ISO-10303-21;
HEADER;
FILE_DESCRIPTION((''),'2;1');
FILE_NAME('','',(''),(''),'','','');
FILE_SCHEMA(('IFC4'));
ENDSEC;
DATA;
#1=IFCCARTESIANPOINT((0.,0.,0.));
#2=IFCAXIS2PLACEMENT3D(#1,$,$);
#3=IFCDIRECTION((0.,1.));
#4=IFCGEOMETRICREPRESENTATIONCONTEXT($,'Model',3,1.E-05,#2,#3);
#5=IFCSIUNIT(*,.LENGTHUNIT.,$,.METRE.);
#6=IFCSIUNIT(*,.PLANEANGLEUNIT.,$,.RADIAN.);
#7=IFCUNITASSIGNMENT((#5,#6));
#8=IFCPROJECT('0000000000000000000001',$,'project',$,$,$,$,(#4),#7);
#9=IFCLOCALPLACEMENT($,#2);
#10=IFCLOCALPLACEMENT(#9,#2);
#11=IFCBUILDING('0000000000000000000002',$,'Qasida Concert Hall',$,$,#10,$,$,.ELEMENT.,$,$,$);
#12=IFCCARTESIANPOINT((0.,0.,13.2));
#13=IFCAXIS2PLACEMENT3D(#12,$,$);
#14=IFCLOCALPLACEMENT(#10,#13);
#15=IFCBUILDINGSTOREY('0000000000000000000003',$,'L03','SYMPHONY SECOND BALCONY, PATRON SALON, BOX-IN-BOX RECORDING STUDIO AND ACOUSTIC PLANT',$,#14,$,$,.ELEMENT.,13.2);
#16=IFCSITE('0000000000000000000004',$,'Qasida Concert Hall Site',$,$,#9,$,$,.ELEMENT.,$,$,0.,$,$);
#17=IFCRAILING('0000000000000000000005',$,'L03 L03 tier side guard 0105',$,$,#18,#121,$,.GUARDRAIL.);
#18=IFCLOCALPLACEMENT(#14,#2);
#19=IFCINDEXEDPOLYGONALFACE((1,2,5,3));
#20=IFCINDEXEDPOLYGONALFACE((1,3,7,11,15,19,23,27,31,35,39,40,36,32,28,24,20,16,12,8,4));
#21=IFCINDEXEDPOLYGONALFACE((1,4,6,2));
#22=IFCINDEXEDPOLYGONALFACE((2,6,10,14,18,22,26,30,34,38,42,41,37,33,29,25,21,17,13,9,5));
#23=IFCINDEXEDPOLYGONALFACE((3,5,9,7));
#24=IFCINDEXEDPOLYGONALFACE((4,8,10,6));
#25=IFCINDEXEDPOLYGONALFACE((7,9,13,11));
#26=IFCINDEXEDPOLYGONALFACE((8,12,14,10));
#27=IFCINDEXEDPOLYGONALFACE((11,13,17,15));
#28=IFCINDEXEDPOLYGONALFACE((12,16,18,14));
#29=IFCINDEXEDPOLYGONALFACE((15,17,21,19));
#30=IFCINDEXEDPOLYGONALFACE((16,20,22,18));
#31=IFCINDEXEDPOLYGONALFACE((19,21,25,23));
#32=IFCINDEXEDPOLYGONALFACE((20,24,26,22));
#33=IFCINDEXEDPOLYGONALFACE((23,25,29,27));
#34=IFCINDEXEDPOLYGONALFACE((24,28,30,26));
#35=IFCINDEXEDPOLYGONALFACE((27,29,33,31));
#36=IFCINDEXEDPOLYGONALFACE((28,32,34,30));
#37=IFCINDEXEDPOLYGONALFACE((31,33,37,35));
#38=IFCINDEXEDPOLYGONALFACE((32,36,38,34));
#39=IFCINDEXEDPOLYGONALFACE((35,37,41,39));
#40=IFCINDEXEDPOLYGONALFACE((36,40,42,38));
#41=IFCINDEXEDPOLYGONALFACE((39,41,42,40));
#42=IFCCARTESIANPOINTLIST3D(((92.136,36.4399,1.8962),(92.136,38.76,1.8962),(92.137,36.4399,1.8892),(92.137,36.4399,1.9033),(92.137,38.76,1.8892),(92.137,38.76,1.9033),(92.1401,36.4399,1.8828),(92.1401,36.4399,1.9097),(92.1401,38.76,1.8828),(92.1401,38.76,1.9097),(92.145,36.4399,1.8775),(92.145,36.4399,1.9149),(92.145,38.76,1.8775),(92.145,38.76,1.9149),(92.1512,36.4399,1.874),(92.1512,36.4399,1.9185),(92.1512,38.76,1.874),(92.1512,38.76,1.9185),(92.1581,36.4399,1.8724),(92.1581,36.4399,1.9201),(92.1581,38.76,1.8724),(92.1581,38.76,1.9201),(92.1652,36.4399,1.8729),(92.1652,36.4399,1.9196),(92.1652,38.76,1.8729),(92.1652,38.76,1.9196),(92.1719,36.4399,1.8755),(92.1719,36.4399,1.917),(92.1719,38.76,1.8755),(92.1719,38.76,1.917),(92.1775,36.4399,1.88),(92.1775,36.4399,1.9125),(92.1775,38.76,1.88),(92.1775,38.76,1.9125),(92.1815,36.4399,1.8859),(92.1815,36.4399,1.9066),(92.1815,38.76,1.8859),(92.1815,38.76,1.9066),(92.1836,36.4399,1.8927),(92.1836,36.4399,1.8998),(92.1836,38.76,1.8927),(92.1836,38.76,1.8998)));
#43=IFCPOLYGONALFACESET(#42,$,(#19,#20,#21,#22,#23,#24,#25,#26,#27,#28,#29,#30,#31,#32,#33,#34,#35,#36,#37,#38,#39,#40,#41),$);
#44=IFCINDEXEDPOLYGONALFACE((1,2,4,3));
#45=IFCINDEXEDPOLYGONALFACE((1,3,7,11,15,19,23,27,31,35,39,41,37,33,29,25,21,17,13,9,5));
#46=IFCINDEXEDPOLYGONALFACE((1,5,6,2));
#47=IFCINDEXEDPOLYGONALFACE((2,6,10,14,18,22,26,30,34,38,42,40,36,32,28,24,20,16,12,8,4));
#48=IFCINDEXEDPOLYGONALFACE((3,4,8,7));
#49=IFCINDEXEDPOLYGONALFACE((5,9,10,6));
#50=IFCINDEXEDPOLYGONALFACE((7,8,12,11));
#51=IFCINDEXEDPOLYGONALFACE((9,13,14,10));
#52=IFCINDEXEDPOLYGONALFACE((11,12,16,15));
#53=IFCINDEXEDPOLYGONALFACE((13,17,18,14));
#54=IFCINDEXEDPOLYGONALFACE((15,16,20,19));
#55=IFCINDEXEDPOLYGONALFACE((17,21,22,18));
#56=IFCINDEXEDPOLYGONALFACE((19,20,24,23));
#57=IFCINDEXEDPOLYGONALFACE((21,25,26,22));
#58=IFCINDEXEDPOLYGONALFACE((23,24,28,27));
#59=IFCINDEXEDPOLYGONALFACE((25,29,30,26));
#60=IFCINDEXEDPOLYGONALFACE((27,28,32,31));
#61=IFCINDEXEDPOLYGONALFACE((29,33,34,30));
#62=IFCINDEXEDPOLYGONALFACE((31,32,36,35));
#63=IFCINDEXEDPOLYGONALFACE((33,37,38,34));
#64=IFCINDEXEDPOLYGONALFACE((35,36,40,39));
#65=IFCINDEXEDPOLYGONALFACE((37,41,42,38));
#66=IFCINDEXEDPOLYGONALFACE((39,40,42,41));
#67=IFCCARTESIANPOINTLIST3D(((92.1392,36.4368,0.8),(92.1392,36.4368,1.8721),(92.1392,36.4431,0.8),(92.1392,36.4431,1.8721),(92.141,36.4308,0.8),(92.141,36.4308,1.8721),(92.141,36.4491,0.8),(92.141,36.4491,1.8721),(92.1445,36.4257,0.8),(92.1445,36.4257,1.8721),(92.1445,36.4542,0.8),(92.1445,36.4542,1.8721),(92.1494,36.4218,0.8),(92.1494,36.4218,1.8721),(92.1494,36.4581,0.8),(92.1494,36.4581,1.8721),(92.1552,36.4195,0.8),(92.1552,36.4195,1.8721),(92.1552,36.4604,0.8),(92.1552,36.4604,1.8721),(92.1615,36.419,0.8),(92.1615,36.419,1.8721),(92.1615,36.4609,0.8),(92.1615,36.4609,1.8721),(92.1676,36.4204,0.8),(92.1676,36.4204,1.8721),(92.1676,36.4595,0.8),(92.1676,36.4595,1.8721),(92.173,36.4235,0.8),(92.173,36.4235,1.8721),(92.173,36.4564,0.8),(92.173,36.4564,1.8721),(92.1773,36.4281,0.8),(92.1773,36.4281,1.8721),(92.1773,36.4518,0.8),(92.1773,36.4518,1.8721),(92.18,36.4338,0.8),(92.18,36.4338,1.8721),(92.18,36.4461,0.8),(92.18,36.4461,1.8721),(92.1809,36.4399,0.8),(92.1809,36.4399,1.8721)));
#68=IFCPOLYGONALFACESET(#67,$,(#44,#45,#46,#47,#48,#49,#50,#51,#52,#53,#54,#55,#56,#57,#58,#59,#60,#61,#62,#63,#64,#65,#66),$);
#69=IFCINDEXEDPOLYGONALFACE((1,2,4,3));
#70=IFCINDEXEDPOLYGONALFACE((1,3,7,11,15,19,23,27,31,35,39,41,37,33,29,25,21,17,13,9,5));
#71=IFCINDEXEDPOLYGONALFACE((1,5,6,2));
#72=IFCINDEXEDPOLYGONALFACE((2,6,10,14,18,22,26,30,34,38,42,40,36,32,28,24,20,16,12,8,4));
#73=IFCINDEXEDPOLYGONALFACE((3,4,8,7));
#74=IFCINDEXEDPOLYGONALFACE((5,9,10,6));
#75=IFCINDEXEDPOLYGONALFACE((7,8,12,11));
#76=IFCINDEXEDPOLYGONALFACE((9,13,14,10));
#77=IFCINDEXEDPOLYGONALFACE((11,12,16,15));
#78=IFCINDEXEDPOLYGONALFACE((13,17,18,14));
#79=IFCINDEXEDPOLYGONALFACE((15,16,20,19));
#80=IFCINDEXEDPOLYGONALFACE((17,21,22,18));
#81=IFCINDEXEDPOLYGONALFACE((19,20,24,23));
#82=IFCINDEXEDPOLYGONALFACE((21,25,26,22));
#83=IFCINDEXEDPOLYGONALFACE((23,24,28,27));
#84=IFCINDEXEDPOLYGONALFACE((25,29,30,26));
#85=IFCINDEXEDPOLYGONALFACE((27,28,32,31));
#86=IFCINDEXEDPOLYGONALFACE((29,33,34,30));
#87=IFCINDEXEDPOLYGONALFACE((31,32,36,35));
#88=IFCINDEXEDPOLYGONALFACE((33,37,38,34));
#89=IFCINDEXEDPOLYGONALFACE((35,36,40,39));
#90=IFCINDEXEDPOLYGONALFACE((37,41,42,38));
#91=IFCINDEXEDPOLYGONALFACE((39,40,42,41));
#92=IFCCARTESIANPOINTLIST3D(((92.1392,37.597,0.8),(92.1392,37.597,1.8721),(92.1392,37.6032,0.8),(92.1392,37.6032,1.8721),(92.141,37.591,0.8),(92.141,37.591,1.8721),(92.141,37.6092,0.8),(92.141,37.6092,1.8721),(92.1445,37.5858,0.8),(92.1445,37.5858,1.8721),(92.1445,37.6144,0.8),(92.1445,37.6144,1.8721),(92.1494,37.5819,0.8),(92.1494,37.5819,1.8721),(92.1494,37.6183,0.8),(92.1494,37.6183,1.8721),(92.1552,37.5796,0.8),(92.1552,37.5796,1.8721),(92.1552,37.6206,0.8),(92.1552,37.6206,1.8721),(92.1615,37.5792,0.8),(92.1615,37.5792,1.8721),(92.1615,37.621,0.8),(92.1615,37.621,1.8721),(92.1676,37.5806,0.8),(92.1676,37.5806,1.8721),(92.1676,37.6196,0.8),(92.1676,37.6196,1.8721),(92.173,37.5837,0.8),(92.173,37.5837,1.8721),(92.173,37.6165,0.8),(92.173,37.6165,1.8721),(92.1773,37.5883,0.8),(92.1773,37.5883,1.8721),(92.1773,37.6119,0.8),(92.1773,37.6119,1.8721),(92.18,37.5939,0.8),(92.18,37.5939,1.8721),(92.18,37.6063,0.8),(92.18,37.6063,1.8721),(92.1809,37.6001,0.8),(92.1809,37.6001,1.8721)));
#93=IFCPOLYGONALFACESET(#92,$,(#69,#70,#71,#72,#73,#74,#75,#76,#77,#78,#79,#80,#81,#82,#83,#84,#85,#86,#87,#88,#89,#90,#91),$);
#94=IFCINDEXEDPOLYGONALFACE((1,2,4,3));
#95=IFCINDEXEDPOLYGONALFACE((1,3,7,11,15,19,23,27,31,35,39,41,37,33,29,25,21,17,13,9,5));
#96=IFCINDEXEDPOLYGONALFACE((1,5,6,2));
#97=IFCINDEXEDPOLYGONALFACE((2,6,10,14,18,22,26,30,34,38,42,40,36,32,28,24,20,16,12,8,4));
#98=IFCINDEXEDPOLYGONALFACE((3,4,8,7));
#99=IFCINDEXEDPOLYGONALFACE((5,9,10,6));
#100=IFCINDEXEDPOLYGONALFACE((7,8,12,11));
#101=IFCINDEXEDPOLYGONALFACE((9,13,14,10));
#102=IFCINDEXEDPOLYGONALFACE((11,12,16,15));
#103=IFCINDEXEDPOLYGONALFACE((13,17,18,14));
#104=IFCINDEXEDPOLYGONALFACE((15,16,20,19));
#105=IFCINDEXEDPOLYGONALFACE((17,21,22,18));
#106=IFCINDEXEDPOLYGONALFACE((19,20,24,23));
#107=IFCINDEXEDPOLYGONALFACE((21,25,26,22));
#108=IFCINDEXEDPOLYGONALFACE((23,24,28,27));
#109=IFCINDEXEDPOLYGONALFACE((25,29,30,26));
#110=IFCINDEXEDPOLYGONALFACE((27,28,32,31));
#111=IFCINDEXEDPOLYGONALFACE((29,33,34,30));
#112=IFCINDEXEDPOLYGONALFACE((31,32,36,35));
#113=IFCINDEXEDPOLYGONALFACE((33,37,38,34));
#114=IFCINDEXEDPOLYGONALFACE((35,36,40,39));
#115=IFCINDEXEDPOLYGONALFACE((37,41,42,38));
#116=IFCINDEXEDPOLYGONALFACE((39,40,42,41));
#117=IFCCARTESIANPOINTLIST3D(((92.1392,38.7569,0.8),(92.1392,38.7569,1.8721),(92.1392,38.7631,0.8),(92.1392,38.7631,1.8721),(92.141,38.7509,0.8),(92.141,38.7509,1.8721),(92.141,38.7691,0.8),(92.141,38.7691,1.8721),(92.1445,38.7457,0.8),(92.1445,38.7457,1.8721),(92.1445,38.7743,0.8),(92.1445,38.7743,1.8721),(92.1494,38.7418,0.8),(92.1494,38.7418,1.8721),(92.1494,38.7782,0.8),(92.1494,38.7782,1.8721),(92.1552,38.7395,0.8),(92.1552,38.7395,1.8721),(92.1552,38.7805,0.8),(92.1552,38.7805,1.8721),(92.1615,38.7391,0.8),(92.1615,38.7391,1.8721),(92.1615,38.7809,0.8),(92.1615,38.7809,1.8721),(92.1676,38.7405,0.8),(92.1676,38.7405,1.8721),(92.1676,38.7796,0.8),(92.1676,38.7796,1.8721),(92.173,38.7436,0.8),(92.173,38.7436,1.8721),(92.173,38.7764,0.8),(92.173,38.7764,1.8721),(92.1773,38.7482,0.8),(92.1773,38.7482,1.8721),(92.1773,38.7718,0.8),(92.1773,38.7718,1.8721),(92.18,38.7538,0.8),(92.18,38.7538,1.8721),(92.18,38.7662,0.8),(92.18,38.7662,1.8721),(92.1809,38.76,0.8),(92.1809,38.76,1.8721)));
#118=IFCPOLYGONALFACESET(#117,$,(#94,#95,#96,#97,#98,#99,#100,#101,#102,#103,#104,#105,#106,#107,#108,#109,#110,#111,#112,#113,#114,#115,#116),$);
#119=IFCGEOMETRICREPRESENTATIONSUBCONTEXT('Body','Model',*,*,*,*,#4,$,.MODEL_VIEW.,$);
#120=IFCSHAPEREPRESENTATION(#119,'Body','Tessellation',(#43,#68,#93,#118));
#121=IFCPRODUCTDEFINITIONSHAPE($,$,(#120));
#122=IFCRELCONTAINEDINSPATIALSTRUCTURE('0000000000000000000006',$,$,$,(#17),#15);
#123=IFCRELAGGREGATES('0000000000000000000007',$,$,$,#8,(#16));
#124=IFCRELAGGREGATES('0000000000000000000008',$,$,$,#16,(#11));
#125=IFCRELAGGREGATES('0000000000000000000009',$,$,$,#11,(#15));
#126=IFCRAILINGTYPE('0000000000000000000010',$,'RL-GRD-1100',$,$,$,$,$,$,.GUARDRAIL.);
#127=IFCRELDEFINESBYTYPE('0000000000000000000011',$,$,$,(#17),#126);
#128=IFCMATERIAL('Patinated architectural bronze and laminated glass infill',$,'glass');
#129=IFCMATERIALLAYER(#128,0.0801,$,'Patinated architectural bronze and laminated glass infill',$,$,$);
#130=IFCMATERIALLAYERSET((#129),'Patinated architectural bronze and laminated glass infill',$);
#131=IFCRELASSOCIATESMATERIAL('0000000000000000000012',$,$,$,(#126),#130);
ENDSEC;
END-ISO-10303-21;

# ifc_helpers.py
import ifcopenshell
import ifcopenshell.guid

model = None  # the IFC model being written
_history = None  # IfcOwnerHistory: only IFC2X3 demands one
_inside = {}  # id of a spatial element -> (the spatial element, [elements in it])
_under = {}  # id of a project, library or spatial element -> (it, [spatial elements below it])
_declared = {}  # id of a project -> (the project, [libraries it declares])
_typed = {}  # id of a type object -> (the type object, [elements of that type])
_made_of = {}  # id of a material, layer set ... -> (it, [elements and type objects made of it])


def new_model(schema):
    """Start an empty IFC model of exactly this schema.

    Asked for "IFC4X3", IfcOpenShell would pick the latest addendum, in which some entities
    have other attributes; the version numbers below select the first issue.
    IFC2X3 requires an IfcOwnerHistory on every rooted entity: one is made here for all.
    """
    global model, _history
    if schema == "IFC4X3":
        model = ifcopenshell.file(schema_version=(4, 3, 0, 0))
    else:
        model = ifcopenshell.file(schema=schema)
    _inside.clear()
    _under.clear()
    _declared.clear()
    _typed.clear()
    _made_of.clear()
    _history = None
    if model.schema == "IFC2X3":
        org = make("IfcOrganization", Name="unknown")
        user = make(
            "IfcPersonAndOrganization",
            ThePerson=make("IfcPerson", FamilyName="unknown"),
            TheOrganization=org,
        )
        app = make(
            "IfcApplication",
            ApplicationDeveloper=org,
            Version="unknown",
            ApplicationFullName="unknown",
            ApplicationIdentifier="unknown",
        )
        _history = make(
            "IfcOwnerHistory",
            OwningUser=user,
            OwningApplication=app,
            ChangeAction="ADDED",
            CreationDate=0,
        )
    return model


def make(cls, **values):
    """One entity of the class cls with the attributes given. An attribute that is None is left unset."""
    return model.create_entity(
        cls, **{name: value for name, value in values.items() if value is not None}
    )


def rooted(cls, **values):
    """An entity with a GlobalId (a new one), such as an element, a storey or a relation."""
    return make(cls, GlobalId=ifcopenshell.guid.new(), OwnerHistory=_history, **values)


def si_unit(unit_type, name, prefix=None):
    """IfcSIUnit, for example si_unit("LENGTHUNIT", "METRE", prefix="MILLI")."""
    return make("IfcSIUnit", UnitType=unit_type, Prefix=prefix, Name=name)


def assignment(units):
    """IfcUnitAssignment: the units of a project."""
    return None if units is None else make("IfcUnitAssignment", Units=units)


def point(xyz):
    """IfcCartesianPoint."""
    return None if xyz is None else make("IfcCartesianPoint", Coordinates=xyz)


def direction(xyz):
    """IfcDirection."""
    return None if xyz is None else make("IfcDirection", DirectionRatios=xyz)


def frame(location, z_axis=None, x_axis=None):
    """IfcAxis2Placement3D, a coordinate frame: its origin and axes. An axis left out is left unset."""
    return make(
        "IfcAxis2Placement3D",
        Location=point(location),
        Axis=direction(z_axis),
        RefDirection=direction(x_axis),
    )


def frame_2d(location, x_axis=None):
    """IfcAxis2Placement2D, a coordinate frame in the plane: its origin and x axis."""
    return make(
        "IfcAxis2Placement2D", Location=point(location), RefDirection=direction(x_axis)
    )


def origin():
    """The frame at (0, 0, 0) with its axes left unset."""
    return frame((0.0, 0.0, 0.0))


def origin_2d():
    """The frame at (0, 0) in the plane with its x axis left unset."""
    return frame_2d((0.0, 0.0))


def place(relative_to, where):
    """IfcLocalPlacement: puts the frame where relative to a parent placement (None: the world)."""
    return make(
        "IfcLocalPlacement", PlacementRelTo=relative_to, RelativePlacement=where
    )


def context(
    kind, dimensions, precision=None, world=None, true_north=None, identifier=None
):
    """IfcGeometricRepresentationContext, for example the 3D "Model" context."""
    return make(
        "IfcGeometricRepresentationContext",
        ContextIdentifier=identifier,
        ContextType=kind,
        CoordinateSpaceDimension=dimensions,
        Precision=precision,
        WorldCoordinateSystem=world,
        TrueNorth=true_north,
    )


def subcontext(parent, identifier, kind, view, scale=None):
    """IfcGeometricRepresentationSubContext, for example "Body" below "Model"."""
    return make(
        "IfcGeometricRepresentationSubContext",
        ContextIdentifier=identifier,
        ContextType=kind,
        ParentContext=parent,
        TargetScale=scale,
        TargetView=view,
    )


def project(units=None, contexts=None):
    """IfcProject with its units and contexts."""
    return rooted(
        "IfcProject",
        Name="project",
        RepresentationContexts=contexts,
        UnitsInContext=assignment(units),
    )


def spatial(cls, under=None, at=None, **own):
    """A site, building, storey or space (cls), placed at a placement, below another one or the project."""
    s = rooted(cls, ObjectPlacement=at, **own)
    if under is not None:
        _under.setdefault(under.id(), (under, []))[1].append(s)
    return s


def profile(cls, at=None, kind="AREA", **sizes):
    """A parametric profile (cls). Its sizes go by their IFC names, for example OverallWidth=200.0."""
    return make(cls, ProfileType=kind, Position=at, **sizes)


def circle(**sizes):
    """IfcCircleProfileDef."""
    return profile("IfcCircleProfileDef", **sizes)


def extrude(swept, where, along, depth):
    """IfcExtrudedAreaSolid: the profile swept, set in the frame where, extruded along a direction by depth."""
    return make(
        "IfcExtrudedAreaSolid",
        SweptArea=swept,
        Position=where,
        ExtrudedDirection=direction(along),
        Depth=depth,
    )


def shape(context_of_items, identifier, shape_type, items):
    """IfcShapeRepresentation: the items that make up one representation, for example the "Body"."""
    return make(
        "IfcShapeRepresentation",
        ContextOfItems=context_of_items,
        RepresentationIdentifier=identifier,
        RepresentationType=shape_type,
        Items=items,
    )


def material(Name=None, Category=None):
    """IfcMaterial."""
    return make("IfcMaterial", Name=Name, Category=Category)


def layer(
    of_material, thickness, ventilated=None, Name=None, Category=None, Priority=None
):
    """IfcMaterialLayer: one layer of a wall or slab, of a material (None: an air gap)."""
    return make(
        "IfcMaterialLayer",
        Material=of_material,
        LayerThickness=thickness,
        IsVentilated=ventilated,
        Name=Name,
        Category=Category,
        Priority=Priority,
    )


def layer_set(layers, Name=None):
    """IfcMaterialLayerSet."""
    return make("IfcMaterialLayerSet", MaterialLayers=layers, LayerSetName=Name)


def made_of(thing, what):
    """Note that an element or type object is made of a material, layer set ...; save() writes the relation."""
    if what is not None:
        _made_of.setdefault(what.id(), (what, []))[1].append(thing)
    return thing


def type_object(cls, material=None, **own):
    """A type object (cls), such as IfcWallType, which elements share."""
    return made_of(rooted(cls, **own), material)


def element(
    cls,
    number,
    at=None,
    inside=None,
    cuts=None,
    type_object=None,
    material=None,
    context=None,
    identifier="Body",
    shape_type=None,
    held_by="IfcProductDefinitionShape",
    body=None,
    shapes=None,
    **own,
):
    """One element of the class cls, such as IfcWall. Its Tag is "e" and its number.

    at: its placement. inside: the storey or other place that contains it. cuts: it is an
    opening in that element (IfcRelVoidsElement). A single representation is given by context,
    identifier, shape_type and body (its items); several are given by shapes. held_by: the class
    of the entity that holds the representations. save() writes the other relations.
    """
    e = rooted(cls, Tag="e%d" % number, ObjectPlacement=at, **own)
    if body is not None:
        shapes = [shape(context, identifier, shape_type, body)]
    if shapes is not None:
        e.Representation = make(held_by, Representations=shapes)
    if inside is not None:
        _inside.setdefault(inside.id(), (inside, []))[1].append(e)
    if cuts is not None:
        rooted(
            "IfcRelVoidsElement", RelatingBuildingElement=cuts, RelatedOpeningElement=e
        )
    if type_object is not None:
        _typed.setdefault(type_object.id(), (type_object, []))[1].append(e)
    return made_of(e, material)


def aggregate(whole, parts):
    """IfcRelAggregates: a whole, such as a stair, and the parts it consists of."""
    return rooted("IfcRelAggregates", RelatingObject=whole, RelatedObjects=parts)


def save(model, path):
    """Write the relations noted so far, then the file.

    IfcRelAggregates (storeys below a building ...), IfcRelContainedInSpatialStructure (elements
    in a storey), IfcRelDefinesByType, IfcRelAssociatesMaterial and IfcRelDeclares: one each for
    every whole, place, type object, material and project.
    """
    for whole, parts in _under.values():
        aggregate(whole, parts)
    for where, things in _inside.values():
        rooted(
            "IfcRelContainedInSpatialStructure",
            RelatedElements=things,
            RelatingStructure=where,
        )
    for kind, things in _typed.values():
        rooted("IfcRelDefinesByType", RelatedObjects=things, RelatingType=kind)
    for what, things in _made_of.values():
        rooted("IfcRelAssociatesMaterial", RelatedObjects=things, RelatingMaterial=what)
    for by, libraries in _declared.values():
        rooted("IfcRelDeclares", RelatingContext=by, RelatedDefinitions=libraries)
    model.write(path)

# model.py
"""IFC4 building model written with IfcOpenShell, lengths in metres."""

from ifc_helpers import new_model, si_unit, direction, frame, origin, origin_2d, place, context, subcontext, project, spatial, circle, extrude, material, layer, layer_set, type_object, element, save


model = new_model("IFC4")

# Units and contexts
model_context = context("Model", 3, precision=1e-05, world=origin(), true_north=direction((0.0, 1.0)))
body_context = subcontext(model_context, "Body", "Model", "MODEL_VIEW")
ifc_project = project(units=[si_unit("LENGTHUNIT", "METRE"), si_unit("PLANEANGLEUNIT", "RADIAN")], contexts=[model_context])

# Site, building, storey
site_placement = place(None, origin())
site = spatial("IfcSite", under=ifc_project, at=site_placement, Name="Qasida Concert Hall Site", CompositionType="ELEMENT", RefElevation=0.0)
building_placement = place(site_placement, origin())
building = spatial("IfcBuilding", under=site, at=building_placement, Name="Qasida Concert Hall", CompositionType="ELEMENT")
storey_placement = place(building_placement, frame((0.0, 0.0, 13.2)))
storey = spatial("IfcBuildingStorey", under=building, at=storey_placement, Name="L03", Description="SYMPHONY SECOND BALCONY, PATRON SALON, BOX-IN-BOX RECORDING STUDIO AND ACOUSTIC PLANT", CompositionType="ELEMENT", Elevation=13.2)

# Railing
ifc_material_1 = material(Name="Patinated architectural bronze and laminated glass infill", Category="glass")
ifc_layer_1 = layer(ifc_material_1, 0.0801, Name="Patinated architectural bronze and laminated glass infill")
ifc_layer_set_1 = layer_set([ifc_layer_1], Name="Patinated architectural bronze and laminated glass infill")
railing_type_1 = type_object("IfcRailingType", Name="RL-GRD-1100", PredefinedType="GUARDRAIL", material=ifc_layer_set_1)
for number, where, name in (
    (1, (92.1599, 36.4399, 0.8), "L03 L03 tier side guard 0105"),
):
    element("IfcRailing", number, at=place(storey_placement, frame(where)), inside=storey, type_object=railing_type_1, Name=name, PredefinedType="GUARDRAIL", context=body_context, shape_type="SweptSolid", body=[
        extrude(circle(Radius=0.0239, at=origin_2d()), frame((0.0, 0.0, 1.0962), z_axis=(0.0, 1.0, 0.0), x_axis=(-1.0, 0.0, 0.0)), (0.0, 0.0, 1.0), 2.3201),
        extrude(circle(Radius=0.021, at=origin_2d()), origin(), (0.0, 0.0, 1.0), 1.072),
        extrude(circle(Radius=0.021, at=origin_2d()), frame((0.0, 1.1602, 0.0)), (0.0, 0.0, 1.0), 1.072),
        extrude(circle(Radius=0.021, at=origin_2d()), frame((0.0, 2.3201, 0.0)), (0.0, 0.0, 1.0), 1.072),
    ])

save(model, "model.ifc")
